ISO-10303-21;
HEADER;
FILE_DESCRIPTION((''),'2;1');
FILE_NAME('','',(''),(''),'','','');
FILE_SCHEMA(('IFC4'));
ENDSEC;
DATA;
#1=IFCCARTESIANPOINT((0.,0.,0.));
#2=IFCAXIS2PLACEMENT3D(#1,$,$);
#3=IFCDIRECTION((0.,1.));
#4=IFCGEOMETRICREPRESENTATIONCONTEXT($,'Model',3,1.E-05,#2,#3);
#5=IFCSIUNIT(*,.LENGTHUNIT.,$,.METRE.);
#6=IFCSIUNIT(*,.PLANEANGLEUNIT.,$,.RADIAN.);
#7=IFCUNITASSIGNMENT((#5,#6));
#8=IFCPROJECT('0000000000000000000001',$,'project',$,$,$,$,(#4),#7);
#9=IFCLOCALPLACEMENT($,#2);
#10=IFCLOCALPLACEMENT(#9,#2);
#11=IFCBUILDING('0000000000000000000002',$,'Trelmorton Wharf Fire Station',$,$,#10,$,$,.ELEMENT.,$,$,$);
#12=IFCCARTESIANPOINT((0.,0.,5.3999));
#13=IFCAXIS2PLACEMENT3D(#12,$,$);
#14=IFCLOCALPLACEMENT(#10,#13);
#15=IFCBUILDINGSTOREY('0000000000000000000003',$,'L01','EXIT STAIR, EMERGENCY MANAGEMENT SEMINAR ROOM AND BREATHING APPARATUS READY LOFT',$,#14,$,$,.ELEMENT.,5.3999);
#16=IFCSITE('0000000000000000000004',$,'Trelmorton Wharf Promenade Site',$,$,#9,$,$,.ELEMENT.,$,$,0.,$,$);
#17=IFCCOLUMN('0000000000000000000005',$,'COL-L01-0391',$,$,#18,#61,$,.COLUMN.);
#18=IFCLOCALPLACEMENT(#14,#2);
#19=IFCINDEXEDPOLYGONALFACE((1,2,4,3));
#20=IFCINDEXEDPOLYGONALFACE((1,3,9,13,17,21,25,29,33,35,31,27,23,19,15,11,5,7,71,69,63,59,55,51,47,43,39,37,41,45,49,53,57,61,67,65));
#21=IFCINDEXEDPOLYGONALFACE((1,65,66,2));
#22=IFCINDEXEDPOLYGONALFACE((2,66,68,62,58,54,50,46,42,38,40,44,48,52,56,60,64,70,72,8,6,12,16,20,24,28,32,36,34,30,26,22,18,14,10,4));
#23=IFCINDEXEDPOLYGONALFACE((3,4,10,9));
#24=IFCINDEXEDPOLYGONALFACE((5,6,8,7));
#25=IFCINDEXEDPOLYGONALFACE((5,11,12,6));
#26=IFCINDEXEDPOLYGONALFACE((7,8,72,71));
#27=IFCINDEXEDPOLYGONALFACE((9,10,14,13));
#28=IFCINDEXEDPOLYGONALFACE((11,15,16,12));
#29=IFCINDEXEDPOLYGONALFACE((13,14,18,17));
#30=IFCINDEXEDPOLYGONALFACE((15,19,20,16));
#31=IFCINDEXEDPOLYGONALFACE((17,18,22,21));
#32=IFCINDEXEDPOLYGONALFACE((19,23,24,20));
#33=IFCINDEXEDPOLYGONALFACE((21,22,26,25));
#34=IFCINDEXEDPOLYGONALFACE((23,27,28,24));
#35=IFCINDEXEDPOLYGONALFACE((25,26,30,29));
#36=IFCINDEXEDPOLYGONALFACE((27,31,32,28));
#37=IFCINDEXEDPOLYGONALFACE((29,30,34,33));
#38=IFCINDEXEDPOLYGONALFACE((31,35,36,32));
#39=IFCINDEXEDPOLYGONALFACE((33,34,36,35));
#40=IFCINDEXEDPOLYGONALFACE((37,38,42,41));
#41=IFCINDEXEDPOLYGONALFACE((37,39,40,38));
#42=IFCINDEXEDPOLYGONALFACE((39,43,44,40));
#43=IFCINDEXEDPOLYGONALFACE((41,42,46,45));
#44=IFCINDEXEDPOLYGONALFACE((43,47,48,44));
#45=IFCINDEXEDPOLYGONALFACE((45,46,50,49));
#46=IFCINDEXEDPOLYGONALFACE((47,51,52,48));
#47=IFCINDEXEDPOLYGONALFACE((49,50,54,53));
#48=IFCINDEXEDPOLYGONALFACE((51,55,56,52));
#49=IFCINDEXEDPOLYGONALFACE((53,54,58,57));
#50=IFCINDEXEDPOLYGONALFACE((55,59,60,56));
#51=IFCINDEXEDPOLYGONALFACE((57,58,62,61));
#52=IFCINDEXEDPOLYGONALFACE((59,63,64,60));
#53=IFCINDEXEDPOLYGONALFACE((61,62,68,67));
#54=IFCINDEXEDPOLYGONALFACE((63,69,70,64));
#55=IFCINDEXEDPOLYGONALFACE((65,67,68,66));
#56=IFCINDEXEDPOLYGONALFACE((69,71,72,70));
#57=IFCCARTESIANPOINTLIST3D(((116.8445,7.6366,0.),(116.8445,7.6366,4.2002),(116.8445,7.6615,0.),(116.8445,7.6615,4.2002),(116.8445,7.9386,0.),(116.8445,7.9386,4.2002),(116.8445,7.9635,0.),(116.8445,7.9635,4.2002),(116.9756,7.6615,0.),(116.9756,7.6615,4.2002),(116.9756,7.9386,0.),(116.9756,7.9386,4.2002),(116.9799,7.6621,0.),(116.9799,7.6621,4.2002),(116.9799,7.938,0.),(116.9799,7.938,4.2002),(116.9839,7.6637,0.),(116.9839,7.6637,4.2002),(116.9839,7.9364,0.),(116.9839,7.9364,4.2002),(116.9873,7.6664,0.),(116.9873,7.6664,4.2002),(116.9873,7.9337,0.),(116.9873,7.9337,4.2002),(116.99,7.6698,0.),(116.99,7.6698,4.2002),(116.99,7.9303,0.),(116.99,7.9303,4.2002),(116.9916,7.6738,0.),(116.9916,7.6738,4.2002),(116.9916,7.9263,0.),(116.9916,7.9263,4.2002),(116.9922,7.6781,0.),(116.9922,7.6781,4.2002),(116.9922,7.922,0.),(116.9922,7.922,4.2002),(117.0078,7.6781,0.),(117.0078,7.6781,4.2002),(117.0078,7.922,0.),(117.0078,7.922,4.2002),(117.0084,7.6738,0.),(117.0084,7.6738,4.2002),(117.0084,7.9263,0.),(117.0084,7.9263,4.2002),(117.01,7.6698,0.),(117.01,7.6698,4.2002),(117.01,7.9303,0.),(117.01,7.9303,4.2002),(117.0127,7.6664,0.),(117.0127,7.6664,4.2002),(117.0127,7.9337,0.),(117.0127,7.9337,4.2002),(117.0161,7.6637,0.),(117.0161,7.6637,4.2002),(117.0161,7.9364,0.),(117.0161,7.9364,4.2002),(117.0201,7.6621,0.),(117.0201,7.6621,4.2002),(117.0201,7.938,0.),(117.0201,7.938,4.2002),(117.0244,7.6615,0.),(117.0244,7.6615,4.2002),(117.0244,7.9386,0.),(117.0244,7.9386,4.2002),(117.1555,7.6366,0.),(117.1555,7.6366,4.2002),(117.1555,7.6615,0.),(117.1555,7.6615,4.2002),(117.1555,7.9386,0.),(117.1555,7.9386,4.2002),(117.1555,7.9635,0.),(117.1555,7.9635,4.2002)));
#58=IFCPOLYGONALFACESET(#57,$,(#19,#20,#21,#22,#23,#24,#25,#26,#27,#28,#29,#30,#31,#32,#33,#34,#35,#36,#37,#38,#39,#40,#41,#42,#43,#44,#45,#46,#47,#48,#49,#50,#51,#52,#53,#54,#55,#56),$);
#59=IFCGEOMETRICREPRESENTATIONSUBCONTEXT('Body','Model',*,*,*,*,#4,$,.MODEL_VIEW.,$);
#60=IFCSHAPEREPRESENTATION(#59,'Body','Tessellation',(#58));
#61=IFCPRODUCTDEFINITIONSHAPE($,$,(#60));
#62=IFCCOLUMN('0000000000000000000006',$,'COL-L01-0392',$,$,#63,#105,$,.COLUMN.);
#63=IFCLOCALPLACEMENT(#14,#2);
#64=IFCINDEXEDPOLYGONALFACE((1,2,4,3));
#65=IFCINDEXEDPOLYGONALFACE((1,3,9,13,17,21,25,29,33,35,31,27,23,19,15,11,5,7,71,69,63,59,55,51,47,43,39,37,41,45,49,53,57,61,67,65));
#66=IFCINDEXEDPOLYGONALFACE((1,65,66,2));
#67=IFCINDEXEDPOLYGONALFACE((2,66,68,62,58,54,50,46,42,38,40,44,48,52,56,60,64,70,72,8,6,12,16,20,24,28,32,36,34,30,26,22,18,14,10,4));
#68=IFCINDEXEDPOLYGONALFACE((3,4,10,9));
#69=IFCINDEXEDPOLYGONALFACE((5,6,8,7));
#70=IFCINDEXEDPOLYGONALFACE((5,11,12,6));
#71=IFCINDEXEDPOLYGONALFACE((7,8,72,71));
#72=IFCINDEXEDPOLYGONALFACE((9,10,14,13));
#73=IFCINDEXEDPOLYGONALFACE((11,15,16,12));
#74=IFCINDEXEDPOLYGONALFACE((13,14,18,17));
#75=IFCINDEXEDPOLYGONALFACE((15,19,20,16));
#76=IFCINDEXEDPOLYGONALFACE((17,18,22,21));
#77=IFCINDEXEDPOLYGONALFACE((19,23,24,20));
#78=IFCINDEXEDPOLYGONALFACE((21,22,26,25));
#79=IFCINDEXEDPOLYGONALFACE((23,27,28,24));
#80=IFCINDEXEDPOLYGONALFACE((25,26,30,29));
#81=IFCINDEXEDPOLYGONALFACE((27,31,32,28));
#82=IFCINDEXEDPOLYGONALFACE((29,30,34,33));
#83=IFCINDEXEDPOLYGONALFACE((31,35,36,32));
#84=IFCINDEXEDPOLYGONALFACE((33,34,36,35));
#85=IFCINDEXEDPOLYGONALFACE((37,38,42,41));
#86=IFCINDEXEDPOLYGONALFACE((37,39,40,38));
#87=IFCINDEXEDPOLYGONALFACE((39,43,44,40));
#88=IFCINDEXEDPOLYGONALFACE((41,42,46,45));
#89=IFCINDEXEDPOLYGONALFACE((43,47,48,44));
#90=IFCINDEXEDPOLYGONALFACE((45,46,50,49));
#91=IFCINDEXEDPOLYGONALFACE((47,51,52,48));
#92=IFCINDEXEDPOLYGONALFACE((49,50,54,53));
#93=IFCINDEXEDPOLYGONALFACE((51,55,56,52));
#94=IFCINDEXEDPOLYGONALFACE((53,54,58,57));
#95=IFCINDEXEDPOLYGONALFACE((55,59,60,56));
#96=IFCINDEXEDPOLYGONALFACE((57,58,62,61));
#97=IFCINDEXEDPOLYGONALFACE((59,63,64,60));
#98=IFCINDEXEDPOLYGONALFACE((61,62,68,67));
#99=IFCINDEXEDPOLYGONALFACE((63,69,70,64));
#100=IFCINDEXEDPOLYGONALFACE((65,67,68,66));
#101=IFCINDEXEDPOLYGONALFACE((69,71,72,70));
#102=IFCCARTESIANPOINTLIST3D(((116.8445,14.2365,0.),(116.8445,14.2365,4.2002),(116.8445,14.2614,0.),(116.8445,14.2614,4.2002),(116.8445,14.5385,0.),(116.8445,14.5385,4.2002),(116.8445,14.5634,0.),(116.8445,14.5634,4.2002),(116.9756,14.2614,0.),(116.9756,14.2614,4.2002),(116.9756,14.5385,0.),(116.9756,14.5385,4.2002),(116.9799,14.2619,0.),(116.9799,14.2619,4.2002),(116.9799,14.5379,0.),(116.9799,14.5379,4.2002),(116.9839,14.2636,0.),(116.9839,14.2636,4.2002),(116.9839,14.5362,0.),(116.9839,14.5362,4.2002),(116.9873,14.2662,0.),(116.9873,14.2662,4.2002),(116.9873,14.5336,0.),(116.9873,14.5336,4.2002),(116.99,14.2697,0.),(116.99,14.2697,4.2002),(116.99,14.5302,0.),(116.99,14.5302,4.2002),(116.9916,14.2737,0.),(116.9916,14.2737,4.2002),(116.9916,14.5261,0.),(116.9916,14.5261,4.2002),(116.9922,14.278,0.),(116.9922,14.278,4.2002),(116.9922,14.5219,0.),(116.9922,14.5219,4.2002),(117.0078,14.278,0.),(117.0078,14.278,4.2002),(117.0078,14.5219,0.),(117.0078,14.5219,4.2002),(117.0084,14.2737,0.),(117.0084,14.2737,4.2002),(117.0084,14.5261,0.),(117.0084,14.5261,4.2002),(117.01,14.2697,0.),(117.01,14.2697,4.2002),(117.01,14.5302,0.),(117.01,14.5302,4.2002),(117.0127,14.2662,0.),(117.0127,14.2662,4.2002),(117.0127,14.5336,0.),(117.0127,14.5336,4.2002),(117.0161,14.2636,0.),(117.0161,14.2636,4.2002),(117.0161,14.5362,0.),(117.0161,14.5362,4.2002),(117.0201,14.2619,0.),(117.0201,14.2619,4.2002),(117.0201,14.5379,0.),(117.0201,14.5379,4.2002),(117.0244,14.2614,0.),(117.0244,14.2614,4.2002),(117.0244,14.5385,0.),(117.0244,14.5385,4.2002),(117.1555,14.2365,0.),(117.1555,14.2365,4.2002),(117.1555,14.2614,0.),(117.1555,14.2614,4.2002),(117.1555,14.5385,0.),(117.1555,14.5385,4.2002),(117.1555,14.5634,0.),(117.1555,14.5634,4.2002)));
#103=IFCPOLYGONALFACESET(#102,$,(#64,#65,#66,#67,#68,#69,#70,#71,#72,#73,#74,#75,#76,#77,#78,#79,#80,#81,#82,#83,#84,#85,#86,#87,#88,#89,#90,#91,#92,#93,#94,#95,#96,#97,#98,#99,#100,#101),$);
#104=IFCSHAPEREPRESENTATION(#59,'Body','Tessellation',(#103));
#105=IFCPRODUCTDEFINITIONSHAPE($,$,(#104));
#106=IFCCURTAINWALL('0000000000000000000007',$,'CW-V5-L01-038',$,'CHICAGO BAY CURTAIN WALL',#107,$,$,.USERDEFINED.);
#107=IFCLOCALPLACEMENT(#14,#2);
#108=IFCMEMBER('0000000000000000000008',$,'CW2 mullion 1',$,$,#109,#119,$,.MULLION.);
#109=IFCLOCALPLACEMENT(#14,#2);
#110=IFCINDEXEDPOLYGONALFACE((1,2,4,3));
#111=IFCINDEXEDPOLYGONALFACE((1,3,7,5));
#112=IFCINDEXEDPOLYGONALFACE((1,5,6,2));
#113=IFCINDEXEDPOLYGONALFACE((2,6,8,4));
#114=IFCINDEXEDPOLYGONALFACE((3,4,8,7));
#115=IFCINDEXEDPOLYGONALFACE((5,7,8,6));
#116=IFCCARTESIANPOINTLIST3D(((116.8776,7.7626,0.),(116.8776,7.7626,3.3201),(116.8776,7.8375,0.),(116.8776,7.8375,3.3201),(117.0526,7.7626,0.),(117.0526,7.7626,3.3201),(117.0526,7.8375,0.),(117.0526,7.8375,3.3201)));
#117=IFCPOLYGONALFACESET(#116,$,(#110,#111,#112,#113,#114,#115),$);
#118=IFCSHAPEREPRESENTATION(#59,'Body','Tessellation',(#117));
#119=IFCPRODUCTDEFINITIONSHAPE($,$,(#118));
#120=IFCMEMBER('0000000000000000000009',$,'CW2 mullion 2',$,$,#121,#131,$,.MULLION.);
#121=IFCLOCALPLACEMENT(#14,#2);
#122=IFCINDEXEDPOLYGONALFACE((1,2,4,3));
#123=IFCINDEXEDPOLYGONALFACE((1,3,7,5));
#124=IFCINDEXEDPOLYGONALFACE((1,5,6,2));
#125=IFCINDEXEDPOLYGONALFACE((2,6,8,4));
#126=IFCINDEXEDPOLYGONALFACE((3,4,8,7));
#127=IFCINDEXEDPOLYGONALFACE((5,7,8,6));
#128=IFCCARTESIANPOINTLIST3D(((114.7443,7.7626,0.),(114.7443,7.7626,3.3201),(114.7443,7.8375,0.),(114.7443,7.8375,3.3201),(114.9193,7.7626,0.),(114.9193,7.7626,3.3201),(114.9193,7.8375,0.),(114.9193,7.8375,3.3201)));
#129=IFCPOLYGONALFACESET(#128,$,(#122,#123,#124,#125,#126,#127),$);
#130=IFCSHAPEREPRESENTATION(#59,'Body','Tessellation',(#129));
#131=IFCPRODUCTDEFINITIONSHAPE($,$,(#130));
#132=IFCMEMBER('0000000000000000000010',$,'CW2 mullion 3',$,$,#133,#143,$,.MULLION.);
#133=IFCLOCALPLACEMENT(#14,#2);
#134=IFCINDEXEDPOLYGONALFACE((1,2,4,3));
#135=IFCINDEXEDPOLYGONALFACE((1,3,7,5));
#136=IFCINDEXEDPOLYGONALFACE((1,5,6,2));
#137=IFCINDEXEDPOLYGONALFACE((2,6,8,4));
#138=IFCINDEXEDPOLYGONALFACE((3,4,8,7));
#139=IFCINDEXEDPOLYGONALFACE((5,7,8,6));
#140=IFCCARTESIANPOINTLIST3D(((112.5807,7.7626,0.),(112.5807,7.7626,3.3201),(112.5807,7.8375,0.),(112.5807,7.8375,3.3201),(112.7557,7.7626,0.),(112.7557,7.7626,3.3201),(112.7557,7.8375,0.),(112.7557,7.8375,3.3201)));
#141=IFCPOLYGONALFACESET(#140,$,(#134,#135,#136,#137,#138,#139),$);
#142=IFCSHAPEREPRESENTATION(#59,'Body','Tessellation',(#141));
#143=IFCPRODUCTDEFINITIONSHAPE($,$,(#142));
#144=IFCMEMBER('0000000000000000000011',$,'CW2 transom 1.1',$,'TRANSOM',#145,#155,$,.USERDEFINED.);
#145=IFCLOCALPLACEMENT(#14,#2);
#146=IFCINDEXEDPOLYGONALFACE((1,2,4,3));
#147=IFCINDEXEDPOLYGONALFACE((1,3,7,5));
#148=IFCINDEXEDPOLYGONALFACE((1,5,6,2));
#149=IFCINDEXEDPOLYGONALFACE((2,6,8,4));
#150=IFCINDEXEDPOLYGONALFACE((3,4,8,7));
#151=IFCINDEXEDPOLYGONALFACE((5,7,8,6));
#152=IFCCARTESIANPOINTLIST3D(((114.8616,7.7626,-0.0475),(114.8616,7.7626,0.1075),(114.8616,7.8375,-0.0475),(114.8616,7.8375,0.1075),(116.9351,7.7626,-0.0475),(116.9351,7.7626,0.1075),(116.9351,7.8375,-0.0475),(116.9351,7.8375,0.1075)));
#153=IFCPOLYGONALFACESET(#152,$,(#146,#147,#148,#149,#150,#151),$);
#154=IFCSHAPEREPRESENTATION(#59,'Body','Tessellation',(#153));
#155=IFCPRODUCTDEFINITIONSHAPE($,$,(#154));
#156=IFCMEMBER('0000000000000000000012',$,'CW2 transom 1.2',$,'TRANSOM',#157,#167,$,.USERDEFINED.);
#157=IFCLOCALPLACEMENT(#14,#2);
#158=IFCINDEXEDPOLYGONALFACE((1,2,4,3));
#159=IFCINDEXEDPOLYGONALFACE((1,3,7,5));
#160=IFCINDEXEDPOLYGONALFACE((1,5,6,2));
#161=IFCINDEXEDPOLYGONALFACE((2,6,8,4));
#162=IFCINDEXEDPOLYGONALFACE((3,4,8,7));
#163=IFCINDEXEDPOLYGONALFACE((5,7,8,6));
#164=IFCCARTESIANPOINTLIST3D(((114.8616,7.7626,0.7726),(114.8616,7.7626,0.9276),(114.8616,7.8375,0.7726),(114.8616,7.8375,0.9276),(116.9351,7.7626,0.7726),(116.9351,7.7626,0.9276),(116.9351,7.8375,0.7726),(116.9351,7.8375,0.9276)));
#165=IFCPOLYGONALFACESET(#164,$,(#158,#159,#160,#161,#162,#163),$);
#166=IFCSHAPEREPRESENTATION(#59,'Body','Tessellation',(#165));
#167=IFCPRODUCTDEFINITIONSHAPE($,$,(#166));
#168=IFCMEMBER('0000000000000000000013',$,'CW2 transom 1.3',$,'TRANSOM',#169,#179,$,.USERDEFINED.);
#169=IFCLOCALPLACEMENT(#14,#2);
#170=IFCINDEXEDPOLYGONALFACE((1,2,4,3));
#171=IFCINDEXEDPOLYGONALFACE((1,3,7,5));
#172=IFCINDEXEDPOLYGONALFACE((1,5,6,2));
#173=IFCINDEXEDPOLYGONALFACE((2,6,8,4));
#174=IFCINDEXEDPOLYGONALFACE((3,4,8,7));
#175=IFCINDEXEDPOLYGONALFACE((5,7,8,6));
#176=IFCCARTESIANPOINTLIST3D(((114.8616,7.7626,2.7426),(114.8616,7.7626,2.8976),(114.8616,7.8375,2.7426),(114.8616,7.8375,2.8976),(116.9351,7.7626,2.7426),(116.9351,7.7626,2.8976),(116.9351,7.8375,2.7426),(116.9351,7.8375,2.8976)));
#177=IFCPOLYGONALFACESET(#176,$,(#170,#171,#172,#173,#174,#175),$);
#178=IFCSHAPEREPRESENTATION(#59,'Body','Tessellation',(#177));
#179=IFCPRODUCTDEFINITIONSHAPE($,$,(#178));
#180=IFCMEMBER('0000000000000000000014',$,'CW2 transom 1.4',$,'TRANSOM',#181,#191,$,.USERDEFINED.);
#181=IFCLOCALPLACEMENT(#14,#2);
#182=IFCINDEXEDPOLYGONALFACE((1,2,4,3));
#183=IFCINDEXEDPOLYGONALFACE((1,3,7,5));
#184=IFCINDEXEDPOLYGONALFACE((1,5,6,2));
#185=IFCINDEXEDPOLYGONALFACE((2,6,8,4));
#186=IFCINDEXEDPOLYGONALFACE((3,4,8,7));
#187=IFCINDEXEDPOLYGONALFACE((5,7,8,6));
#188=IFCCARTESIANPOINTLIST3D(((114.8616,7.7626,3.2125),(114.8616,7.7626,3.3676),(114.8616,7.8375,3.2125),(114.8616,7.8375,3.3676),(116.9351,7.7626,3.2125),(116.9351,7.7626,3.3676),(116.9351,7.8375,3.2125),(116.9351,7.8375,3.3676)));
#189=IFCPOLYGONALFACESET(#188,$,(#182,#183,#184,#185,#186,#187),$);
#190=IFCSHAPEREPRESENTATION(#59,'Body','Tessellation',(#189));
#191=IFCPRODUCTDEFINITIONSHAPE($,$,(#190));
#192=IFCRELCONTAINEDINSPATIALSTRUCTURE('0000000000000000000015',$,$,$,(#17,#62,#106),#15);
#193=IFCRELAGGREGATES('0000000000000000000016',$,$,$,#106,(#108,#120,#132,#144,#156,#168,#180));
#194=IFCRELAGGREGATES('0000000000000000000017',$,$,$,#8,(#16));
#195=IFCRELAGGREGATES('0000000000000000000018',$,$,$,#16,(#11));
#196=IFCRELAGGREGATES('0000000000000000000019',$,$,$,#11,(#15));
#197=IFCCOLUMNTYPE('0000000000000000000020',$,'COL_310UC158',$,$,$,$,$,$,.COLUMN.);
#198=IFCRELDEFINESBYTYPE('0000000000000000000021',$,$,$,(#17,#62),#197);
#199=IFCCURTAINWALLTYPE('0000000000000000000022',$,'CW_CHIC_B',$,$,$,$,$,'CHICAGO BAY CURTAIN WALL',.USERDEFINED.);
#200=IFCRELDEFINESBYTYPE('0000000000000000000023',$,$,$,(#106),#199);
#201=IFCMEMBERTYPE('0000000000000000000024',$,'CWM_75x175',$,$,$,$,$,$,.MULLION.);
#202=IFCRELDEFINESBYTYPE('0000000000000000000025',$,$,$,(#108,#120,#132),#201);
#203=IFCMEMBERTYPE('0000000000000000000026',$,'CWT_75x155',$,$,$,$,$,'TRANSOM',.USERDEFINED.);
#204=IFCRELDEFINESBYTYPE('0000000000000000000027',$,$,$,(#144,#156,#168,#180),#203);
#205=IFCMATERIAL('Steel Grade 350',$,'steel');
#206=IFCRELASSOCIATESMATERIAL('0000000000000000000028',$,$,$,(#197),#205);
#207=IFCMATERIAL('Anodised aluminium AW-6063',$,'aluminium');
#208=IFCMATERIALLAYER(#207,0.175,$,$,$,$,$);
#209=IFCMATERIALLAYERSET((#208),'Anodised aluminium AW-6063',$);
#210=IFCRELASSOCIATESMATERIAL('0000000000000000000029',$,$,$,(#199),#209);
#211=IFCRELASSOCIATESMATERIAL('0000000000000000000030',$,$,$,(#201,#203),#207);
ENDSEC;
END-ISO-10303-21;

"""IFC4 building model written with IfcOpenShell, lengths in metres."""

from ifc_helpers import new_model, si_unit, direction, frame, origin, origin_2d, place, context, subcontext, project, spatial, rectangle, i_section, extrude, material, layer, layer_set, material_profile, profile_set, type_object, element, aggregate, save


model = new_model("IFC4")

# Units and contexts
model_context = context("Model", 3, precision=1e-05, world=origin(), true_north=direction((0.0, 1.0)))
body_context = subcontext(model_context, "Body", "Model", "MODEL_VIEW")
ifc_project = project(units=[si_unit("LENGTHUNIT", "METRE"), si_unit("PLANEANGLEUNIT", "RADIAN")], contexts=[model_context])

# Site, building, storey
site_placement = place(None, origin())
site = spatial("IfcSite", under=ifc_project, at=site_placement, Name="Trelmorton Wharf Promenade Site", CompositionType="ELEMENT", RefElevation=0.0)
building_placement = place(site_placement, origin())
building = spatial("IfcBuilding", under=site, at=building_placement, Name="Trelmorton Wharf Fire Station", CompositionType="ELEMENT")
storey_placement = place(building_placement, frame((0.0, 0.0, 5.3999)))
storey = spatial("IfcBuildingStorey", under=building, at=storey_placement, Name="L01", Description="EXIT STAIR, EMERGENCY MANAGEMENT SEMINAR ROOM AND BREATHING APPARATUS READY LOFT", CompositionType="ELEMENT", Elevation=5.3999)

# Columns
ifc_material_1 = material(Name="Steel Grade 350", Category="steel")
ifc_material_profile_1 = material_profile(ifc_material_1, i_section(OverallWidth=0.311, OverallDepth=0.3269, WebThickness=0.0156, FlangeThickness=0.0249, FilletRadius=0.0166, at=origin_2d()), Name="310UC158")
ifc_profile_set_1 = profile_set([ifc_material_profile_1], Name="Steel Grade 350")
column_type = type_object("IfcColumnType", Name="COL_310UC158", PredefinedType="COLUMN", material=ifc_profile_set_1)
for number, where, z_axis, x_axis, name in (
    (1, (117.0, 7.8, 0.0), (0.0, 0.0, 1.0), (1.0, 0.0, 0.0), "COL-L01-0391"),
    (2, (117.0, 14.3999, 0.0), (0.0, 0.0, 1.0), (1.0, 0.0, 0.0), "COL-L01-0392"),
):
    element("IfcColumn", number, at=place(storey_placement, frame(where, z_axis=z_axis, x_axis=x_axis)), inside=storey, type_object=column_type, Name=name, PredefinedType="COLUMN", context=body_context, shape_type="SweptSolid", body=[
        extrude(i_section(OverallWidth=0.311, OverallDepth=0.3269, WebThickness=0.0156, FlangeThickness=0.0249, FilletRadius=0.0166, at=origin_2d()), origin(), (0.0, 0.0, 1.0), 4.2002),
    ])

# Curtain wall, members
ifc_material_2 = material(Name="Anodised aluminium AW-6063", Category="aluminium")
ifc_layer_1 = layer(ifc_material_2, 0.175)
ifc_layer_set_1 = layer_set([ifc_layer_1], Name="Anodised aluminium AW-6063")
curtain_wall_type = type_object("IfcCurtainWallType", Name="CW_CHIC_B", ElementType="CHICAGO BAY CURTAIN WALL", PredefinedType="USERDEFINED", material=ifc_layer_set_1)
curtain_wall_placement = place(storey_placement, origin())
curtain_wall = element("IfcCurtainWall", 3, at=curtain_wall_placement, inside=storey, type_object=curtain_wall_type, Name="CW-V5-L01-038", ObjectType="CHICAGO BAY CURTAIN WALL", PredefinedType="USERDEFINED")
ifc_material_profile_2 = material_profile(ifc_material_2, rectangle(XDim=0.075, YDim=0.175, at=origin_2d()), Name="ALU-75x175")
ifc_profile_set_2 = profile_set([ifc_material_profile_2], Name="Anodised aluminium AW-6063")
member_type_1 = type_object("IfcMemberType", Name="CWM_75x175", PredefinedType="MULLION", material=ifc_profile_set_2)
member_1_placement = place(storey_placement, frame((116.9651, 7.8, 0.0), z_axis=(0.0, 0.0, 1.0), x_axis=(0.0, -1.0, 0.0)))
member_1 = element("IfcMember", 4, at=member_1_placement, type_object=member_type_1, Name="CW2 mullion 1", PredefinedType="MULLION", context=body_context, shape_type="SweptSolid", body=[
    extrude(rectangle(XDim=0.075, YDim=0.175, at=origin_2d()), origin(), (0.0, 0.0, 1.0), 3.3201),
])
member_2_placement = place(storey_placement, frame((114.8318, 7.8, 0.0), z_axis=(0.0, 0.0, 1.0), x_axis=(0.0, -1.0, 0.0)))
member_2 = element("IfcMember", 5, at=member_2_placement, type_object=member_type_1, Name="CW2 mullion 2", PredefinedType="MULLION", context=body_context, shape_type="SweptSolid", body=[
    extrude(rectangle(XDim=0.075, YDim=0.175, at=origin_2d()), origin(), (0.0, 0.0, 1.0), 3.3201),
])
member_3_placement = place(storey_placement, frame((112.6682, 7.8, 0.0), z_axis=(0.0, 0.0, 1.0), x_axis=(0.0, -1.0, 0.0)))
member_3 = element("IfcMember", 6, at=member_3_placement, type_object=member_type_1, Name="CW2 mullion 3", PredefinedType="MULLION", context=body_context, shape_type="SweptSolid", body=[
    extrude(rectangle(XDim=0.075, YDim=0.175, at=origin_2d()), origin(), (0.0, 0.0, 1.0), 3.3201),
])
ifc_material_profile_3 = material_profile(ifc_material_2, rectangle(XDim=0.075, YDim=0.155, at=origin_2d()), Name="ALU-75x155")
ifc_profile_set_3 = profile_set([ifc_material_profile_3], Name="Anodised aluminium AW-6063")
member_type_2 = type_object("IfcMemberType", Name="CWT_75x155", ElementType="TRANSOM", PredefinedType="USERDEFINED", material=ifc_profile_set_3)
member_4_placement = place(storey_placement, frame((116.9351, 7.8, 0.03), z_axis=(-1.0, 0.0, 0.0), x_axis=(0.0, -1.0, 0.0)))
member_4 = element("IfcMember", 7, at=member_4_placement, type_object=member_type_2, Name="CW2 transom 1.1", ObjectType="TRANSOM", PredefinedType="USERDEFINED", context=body_context, shape_type="SweptSolid", body=[
    extrude(rectangle(XDim=0.075, YDim=0.155, at=origin_2d()), origin(), (0.0, 0.0, 1.0), 2.0735),
])
member_5_placement = place(storey_placement, frame((116.9351, 7.8, 0.8501), z_axis=(-1.0, 0.0, 0.0), x_axis=(0.0, -1.0, 0.0)))
member_5 = element("IfcMember", 8, at=member_5_placement, type_object=member_type_2, Name="CW2 transom 1.2", ObjectType="TRANSOM", PredefinedType="USERDEFINED", context=body_context, shape_type="SweptSolid", body=[
    extrude(rectangle(XDim=0.075, YDim=0.155, at=origin_2d()), origin(), (0.0, 0.0, 1.0), 2.0735),
])
member_6_placement = place(storey_placement, frame((116.9351, 7.8, 2.8201), z_axis=(-1.0, 0.0, 0.0), x_axis=(0.0, -1.0, 0.0)))
member_6 = element("IfcMember", 9, at=member_6_placement, type_object=member_type_2, Name="CW2 transom 1.3", ObjectType="TRANSOM", PredefinedType="USERDEFINED", context=body_context, shape_type="SweptSolid", body=[
    extrude(rectangle(XDim=0.075, YDim=0.155, at=origin_2d()), origin(), (0.0, 0.0, 1.0), 2.0735),
])
member_7_placement = place(storey_placement, frame((116.9351, 7.8, 3.29), z_axis=(-1.0, 0.0, 0.0), x_axis=(0.0, -1.0, 0.0)))
member_7 = element("IfcMember", 10, at=member_7_placement, type_object=member_type_2, Name="CW2 transom 1.4", ObjectType="TRANSOM", PredefinedType="USERDEFINED", context=body_context, shape_type="SweptSolid", body=[
    extrude(rectangle(XDim=0.075, YDim=0.155, at=origin_2d()), origin(), (0.0, 0.0, 1.0), 2.0735),
])

aggregate(curtain_wall, [member_1, member_2, member_3, member_4, member_5, member_6, member_7])

save(model, "model.ifc")
